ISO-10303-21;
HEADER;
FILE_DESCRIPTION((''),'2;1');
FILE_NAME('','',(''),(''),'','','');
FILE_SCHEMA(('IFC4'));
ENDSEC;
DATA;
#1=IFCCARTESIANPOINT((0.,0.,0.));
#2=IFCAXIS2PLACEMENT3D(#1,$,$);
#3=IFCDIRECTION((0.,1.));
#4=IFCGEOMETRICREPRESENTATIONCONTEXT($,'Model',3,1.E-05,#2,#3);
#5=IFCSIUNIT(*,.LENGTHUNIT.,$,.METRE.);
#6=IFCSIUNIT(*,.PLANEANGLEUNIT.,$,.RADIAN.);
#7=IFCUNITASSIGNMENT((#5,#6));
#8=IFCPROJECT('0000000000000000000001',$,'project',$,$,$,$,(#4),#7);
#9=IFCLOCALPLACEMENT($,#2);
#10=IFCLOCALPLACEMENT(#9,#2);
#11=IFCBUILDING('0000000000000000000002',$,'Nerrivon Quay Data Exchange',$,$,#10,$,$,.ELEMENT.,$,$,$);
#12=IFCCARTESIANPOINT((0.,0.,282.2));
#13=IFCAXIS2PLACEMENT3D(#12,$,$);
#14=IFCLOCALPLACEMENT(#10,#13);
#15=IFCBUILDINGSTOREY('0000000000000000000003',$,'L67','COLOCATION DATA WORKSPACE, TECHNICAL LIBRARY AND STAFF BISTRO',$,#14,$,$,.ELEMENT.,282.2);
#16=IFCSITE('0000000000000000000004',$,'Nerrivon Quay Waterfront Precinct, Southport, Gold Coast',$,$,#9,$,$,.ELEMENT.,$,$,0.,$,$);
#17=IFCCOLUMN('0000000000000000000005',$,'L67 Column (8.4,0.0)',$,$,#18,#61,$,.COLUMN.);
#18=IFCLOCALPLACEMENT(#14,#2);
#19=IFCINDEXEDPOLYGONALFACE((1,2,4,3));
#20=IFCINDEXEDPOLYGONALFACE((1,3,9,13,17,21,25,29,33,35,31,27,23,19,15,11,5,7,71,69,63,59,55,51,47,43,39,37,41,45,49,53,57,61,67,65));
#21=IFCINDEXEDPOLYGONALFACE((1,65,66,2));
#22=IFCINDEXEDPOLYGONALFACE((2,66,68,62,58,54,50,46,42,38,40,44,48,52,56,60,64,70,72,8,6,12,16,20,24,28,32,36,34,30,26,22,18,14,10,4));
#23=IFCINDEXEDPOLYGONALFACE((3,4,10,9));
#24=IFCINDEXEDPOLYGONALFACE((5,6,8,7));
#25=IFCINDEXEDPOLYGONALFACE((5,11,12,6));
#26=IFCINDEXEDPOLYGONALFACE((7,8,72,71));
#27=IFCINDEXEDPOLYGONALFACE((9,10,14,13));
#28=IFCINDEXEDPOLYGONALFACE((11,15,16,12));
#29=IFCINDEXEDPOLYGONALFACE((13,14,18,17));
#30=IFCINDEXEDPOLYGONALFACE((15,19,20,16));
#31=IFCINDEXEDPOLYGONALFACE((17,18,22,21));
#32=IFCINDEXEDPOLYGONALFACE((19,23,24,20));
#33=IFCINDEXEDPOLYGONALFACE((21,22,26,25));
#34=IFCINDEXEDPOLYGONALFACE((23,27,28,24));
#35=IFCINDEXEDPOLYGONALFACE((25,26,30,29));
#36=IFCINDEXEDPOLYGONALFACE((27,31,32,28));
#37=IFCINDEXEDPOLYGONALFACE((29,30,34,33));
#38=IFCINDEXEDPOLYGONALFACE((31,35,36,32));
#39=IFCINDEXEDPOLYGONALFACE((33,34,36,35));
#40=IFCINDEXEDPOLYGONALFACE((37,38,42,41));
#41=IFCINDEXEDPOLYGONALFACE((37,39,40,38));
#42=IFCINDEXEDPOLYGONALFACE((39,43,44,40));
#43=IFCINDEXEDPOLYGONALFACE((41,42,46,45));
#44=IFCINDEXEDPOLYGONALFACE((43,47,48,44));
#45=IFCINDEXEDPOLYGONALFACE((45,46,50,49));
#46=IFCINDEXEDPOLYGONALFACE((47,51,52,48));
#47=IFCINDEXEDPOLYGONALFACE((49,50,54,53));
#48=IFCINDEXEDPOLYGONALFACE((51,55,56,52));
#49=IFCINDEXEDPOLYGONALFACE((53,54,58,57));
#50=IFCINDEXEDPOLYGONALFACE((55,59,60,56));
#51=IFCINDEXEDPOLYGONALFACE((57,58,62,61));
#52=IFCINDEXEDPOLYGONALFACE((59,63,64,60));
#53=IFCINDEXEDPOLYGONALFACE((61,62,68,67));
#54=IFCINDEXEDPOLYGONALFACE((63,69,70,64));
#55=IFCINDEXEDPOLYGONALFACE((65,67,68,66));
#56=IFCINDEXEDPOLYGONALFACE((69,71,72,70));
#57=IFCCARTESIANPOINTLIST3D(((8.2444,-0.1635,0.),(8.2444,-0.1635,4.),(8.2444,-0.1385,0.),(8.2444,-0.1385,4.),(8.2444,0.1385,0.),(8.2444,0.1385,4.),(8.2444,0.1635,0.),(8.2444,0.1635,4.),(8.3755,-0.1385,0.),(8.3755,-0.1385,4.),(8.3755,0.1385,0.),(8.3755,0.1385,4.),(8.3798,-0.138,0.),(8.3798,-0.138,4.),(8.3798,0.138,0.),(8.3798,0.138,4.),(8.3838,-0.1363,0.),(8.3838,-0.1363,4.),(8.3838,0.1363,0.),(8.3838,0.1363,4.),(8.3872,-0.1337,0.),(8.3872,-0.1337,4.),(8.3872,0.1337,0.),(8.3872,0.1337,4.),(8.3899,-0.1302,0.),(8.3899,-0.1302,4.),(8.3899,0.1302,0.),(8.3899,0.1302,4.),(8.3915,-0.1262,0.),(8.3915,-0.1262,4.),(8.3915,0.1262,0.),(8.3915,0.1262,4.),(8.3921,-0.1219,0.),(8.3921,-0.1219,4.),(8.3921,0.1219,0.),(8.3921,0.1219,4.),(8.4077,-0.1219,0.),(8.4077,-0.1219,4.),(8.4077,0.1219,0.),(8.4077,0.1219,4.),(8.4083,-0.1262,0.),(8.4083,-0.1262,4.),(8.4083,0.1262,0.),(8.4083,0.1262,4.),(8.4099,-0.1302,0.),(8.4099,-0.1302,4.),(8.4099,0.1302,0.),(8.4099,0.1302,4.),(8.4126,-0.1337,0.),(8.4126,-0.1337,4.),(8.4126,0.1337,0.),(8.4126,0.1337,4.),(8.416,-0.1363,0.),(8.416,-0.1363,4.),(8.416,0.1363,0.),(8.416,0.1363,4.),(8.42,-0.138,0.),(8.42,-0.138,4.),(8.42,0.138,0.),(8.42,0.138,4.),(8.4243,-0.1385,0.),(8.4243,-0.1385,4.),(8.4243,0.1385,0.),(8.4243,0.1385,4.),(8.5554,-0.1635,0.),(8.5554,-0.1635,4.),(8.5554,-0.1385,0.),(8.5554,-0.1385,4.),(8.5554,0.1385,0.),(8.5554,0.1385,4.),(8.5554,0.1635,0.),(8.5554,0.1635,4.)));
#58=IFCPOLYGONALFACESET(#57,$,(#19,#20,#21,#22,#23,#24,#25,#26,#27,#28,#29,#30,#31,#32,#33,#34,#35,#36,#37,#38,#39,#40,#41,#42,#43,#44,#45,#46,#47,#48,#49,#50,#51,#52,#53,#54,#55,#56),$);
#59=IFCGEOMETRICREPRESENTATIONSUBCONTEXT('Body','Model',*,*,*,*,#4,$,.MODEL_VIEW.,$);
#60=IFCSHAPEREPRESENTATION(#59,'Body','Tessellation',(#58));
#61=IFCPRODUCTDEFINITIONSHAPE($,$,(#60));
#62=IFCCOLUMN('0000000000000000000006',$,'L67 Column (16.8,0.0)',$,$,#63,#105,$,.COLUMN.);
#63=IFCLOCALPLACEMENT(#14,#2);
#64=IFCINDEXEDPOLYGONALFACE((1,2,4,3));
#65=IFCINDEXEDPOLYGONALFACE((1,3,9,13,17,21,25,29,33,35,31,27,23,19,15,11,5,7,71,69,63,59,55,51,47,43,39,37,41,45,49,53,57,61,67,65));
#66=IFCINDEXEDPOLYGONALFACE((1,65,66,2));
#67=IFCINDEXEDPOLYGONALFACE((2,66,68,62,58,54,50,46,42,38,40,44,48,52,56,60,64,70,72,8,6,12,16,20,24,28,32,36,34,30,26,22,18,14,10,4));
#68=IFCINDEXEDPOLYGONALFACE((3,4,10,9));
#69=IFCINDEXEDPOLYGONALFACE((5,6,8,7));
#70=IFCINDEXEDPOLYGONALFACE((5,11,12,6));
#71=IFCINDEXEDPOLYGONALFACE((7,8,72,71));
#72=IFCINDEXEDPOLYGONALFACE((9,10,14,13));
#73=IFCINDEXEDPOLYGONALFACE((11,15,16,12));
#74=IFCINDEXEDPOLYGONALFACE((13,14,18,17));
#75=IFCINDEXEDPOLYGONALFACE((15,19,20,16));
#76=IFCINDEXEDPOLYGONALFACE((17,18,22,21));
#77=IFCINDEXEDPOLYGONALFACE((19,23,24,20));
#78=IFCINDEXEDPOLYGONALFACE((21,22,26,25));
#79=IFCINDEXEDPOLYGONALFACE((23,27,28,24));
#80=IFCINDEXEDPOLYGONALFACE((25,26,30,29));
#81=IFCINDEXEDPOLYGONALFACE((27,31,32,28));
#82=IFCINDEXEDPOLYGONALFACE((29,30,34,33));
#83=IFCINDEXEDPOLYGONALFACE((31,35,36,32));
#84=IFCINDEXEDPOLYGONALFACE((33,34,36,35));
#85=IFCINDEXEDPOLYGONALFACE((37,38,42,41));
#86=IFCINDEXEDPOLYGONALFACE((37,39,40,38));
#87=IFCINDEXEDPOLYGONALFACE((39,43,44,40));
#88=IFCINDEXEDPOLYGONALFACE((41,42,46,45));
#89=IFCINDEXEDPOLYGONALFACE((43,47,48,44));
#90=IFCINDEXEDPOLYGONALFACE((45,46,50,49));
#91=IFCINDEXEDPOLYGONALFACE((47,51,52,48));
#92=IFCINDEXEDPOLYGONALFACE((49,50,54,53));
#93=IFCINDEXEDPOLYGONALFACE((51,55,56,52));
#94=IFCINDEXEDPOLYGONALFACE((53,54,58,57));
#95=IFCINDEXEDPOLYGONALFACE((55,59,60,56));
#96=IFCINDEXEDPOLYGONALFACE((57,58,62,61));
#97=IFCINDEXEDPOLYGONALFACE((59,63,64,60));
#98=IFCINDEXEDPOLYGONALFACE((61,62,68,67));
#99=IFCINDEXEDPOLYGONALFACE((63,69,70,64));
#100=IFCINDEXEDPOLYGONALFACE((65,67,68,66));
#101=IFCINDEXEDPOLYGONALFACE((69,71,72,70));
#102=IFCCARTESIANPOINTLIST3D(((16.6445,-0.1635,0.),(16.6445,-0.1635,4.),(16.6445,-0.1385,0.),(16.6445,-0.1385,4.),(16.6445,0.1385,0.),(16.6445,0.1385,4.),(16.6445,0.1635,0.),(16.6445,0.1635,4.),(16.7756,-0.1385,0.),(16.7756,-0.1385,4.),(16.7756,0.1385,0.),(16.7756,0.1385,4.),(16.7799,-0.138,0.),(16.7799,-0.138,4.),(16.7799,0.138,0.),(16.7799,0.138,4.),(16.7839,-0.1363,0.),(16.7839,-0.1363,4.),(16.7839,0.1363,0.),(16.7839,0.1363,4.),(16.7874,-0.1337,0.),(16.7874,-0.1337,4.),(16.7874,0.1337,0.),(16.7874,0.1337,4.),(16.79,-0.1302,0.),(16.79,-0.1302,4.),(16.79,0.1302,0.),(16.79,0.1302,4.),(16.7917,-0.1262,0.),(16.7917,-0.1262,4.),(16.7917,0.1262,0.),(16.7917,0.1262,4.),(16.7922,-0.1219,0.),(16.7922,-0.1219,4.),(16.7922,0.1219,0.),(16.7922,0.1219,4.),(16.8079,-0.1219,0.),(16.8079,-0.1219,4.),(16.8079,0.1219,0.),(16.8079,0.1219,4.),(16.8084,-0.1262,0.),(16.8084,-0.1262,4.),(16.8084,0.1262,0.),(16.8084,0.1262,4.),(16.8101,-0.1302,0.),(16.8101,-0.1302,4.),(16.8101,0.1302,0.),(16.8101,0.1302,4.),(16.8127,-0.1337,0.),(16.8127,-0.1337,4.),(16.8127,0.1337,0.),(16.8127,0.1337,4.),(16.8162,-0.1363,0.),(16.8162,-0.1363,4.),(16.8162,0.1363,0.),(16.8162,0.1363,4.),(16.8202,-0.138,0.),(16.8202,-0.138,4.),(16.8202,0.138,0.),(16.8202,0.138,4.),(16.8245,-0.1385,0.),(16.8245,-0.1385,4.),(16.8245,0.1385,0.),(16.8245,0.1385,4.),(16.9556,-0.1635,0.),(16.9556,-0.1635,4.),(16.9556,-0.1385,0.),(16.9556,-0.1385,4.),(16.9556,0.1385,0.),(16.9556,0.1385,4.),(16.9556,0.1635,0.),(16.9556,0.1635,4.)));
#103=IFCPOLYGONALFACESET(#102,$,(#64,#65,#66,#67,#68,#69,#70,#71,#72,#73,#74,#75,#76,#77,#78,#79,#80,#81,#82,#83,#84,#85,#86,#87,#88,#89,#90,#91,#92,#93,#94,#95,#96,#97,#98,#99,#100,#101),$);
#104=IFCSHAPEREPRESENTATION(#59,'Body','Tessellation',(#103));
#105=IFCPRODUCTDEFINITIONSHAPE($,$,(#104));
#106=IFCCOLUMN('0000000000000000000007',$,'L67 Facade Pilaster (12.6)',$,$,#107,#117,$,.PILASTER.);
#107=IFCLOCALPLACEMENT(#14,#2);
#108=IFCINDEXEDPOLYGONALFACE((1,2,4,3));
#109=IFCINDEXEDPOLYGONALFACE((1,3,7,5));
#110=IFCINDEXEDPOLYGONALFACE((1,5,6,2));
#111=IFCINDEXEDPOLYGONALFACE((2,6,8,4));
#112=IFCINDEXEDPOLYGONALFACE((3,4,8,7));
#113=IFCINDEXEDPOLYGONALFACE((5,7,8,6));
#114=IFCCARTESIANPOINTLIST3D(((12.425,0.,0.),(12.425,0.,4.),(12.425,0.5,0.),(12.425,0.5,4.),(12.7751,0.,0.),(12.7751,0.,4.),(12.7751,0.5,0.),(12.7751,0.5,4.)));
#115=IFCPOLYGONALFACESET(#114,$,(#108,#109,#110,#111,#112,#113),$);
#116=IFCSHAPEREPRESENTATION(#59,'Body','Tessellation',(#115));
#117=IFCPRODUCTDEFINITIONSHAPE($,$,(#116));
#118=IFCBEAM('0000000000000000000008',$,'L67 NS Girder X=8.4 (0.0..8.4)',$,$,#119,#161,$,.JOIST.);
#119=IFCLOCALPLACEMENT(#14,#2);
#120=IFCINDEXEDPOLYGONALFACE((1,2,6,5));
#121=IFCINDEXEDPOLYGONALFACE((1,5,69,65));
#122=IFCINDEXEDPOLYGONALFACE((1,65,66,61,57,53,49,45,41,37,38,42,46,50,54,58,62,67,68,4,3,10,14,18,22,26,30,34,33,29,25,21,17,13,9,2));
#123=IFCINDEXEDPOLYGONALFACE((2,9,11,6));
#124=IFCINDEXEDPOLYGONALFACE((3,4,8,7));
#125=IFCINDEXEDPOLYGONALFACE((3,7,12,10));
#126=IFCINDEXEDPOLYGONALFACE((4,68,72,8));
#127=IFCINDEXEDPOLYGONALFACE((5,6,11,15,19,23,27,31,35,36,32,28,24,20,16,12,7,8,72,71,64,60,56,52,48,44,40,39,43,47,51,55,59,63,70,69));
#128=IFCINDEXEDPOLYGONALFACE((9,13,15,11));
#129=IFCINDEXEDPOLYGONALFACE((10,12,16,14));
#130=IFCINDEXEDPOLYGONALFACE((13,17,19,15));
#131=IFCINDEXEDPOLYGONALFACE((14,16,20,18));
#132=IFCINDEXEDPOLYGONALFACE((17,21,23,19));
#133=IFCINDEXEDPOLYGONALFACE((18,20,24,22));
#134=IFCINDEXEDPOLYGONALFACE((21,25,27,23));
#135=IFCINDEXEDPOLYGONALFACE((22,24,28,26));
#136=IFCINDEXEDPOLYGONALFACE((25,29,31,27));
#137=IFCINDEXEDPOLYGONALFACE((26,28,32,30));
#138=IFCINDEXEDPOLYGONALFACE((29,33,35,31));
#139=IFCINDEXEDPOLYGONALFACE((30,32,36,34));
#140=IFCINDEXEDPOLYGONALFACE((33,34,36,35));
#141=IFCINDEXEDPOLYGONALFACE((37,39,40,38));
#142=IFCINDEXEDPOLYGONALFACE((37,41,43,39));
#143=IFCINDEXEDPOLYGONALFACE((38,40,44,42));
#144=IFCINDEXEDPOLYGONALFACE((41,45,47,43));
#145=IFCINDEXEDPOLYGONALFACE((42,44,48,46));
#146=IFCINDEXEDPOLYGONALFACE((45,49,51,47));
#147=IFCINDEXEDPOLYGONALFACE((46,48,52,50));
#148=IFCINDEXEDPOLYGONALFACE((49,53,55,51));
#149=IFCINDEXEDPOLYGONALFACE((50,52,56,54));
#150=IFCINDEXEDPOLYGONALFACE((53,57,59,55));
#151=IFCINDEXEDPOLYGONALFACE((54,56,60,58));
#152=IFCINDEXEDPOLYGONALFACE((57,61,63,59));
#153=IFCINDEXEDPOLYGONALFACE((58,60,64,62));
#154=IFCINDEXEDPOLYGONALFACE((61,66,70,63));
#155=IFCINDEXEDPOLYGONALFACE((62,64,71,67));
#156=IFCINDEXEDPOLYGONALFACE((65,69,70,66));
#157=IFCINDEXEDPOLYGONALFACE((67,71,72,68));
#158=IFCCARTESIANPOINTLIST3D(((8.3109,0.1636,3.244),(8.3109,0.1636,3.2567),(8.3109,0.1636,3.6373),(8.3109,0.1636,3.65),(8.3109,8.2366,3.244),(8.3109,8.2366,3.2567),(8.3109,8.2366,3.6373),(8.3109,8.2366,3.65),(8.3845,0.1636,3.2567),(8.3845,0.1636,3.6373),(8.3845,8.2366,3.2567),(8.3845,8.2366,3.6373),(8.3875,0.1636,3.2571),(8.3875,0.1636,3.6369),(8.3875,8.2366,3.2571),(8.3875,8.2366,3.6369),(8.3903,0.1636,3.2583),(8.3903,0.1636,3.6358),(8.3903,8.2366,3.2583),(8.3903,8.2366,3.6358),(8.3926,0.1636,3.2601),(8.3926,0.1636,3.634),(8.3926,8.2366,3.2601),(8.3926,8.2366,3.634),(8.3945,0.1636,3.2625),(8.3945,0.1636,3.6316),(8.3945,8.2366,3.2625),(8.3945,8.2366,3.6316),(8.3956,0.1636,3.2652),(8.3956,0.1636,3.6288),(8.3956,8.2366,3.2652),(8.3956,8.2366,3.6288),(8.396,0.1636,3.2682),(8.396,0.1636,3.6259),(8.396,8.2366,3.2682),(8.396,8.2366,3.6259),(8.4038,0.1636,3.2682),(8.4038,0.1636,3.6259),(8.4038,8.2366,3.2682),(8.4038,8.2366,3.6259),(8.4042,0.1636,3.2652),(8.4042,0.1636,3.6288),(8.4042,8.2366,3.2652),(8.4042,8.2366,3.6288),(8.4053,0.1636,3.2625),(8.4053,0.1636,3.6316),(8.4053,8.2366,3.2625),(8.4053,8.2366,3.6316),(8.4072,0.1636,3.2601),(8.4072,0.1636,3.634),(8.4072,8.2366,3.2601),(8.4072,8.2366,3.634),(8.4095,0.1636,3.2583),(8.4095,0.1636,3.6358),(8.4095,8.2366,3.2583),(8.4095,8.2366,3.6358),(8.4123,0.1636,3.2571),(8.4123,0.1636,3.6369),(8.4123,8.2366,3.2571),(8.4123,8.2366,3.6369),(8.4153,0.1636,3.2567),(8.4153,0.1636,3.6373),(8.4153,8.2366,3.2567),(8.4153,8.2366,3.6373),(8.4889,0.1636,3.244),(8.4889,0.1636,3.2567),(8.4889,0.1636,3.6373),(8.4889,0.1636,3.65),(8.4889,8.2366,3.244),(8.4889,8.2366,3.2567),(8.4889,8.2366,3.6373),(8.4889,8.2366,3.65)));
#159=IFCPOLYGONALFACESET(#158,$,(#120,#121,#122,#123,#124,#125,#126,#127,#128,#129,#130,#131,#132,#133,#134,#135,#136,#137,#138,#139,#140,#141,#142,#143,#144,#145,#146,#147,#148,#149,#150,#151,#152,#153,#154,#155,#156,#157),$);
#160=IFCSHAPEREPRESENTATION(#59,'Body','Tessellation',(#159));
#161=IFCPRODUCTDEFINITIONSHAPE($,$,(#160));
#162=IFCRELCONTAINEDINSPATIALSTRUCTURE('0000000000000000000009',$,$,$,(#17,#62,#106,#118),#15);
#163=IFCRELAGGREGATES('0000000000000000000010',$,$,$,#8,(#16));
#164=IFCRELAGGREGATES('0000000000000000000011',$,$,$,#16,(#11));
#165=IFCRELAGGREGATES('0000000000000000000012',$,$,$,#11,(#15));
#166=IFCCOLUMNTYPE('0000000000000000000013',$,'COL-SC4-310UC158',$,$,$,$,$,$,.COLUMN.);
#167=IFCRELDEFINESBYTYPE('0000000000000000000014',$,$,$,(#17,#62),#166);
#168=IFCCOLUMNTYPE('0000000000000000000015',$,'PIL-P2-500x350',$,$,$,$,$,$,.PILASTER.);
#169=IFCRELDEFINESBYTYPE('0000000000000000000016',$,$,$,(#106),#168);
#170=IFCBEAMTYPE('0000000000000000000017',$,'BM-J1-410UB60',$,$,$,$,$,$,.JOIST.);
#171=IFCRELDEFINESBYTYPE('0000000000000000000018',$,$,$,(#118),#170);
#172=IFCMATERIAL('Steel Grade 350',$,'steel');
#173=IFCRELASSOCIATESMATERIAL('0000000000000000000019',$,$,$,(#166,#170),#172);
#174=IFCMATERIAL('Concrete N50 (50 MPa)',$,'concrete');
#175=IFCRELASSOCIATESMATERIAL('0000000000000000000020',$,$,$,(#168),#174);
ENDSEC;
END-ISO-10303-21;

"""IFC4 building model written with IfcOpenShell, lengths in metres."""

from ifc_helpers import new_model, si_unit, direction, frame, origin, origin_2d, place, context, subcontext, project, spatial, rectangle, i_section, extrude, material, material_profile, profile_set, type_object, element, save


model = new_model("IFC4")

# Units and contexts
model_context = context("Model", 3, precision=1e-05, world=origin(), true_north=direction((0.0, 1.0)))
body_context = subcontext(model_context, "Body", "Model", "MODEL_VIEW")
ifc_project = project(units=[si_unit("LENGTHUNIT", "METRE"), si_unit("PLANEANGLEUNIT", "RADIAN")], contexts=[model_context])

# Site, building, storey
site_placement = place(None, origin())
site = spatial("IfcSite", under=ifc_project, at=site_placement, Name="Nerrivon Quay Waterfront Precinct, Southport, Gold Coast", CompositionType="ELEMENT", RefElevation=0.0)
building_placement = place(site_placement, origin())
building = spatial("IfcBuilding", under=site, at=building_placement, Name="Nerrivon Quay Data Exchange", CompositionType="ELEMENT")
storey_placement = place(building_placement, frame((0.0, 0.0, 282.2)))
storey = spatial("IfcBuildingStorey", under=building, at=storey_placement, Name="L67", Description="COLOCATION DATA WORKSPACE, TECHNICAL LIBRARY AND STAFF BISTRO", CompositionType="ELEMENT", Elevation=282.2)

# Columns
ifc_material_1 = material(Name="Steel Grade 350", Category="steel")
ifc_material_profile_1 = material_profile(ifc_material_1, i_section(OverallWidth=0.311, OverallDepth=0.3269, WebThickness=0.0156, FlangeThickness=0.0249, FilletRadius=0.0166, at=origin_2d()), Name="310UC158")
ifc_profile_set_1 = profile_set([ifc_material_profile_1], Name="Steel Grade 350")
column_type_1 = type_object("IfcColumnType", Name="COL-SC4-310UC158", PredefinedType="COLUMN", material=ifc_profile_set_1)
for number, where, z_axis, x_axis, name in (
    (1, (8.3999, 0.0, 0.0), (0.0, 0.0, 1.0), (1.0, 0.0, 0.0), "L67 Column (8.4,0.0)"),
    (2, (16.8, 0.0, 0.0), (0.0, 0.0, 1.0), (1.0, 0.0, 0.0), "L67 Column (16.8,0.0)"),
):
    element("IfcColumn", number, at=place(storey_placement, frame(where, z_axis=z_axis, x_axis=x_axis)), inside=storey, type_object=column_type_1, Name=name, PredefinedType="COLUMN", context=body_context, shape_type="SweptSolid", body=[
        extrude(i_section(OverallWidth=0.311, OverallDepth=0.3269, WebThickness=0.0156, FlangeThickness=0.0249, FilletRadius=0.0166, at=origin_2d()), origin(), (0.0, 0.0, 1.0), 4.0),
    ])
ifc_material_2 = material(Name="Concrete N50 (50 MPa)", Category="concrete")
ifc_material_profile_2 = material_profile(ifc_material_2, rectangle(XDim=0.3501, YDim=0.5, at=origin_2d()), Name="RC-PIL-500x350")
ifc_profile_set_2 = profile_set([ifc_material_profile_2], Name="Concrete N50 (50 MPa)")
column_type_2 = type_object("IfcColumnType", Name="PIL-P2-500x350", PredefinedType="PILASTER", material=ifc_profile_set_2)
column_placement = place(storey_placement, frame((12.6001, 0.25, 0.0), z_axis=(0.0, 0.0, 1.0), x_axis=(1.0, 0.0, 0.0)))
element("IfcColumn", 3, at=column_placement, inside=storey, type_object=column_type_2, Name="L67 Facade Pilaster (12.6)", PredefinedType="PILASTER", context=body_context, shape_type="SweptSolid", body=[
    extrude(rectangle(XDim=0.3501, YDim=0.5, at=origin_2d()), origin(), (0.0, 0.0, 1.0), 4.0),
])

# Beam
ifc_material_profile_3 = material_profile(ifc_material_1, i_section(OverallWidth=0.178, OverallDepth=0.406, WebThickness=0.0078, FlangeThickness=0.0127, FilletRadius=0.0115, at=origin_2d()), Name="410UB59.7")
ifc_profile_set_3 = profile_set([ifc_material_profile_3], Name="Steel Grade 350")
beam_type_1 = type_object("IfcBeamType", Name="BM-J1-410UB60", PredefinedType="JOIST", material=ifc_profile_set_3)
beam_1_placement = place(storey_placement, frame((8.3999, 0.1636, 3.447), z_axis=(0.0, 1.0, 0.0), x_axis=(-1.0, 0.0, 0.0)))
element("IfcBeam", 4, at=beam_1_placement, inside=storey, type_object=beam_type_1, Name="L67 NS Girder X=8.4 (0.0..8.4)", PredefinedType="JOIST", context=body_context, shape_type="SweptSolid", body=[
    extrude(i_section(OverallWidth=0.178, OverallDepth=0.406, WebThickness=0.0078, FlangeThickness=0.0127, FilletRadius=0.0115, at=origin_2d()), origin(), (0.0, 0.0, 1.0), 8.073),
])

save(model, "model.ifc")
